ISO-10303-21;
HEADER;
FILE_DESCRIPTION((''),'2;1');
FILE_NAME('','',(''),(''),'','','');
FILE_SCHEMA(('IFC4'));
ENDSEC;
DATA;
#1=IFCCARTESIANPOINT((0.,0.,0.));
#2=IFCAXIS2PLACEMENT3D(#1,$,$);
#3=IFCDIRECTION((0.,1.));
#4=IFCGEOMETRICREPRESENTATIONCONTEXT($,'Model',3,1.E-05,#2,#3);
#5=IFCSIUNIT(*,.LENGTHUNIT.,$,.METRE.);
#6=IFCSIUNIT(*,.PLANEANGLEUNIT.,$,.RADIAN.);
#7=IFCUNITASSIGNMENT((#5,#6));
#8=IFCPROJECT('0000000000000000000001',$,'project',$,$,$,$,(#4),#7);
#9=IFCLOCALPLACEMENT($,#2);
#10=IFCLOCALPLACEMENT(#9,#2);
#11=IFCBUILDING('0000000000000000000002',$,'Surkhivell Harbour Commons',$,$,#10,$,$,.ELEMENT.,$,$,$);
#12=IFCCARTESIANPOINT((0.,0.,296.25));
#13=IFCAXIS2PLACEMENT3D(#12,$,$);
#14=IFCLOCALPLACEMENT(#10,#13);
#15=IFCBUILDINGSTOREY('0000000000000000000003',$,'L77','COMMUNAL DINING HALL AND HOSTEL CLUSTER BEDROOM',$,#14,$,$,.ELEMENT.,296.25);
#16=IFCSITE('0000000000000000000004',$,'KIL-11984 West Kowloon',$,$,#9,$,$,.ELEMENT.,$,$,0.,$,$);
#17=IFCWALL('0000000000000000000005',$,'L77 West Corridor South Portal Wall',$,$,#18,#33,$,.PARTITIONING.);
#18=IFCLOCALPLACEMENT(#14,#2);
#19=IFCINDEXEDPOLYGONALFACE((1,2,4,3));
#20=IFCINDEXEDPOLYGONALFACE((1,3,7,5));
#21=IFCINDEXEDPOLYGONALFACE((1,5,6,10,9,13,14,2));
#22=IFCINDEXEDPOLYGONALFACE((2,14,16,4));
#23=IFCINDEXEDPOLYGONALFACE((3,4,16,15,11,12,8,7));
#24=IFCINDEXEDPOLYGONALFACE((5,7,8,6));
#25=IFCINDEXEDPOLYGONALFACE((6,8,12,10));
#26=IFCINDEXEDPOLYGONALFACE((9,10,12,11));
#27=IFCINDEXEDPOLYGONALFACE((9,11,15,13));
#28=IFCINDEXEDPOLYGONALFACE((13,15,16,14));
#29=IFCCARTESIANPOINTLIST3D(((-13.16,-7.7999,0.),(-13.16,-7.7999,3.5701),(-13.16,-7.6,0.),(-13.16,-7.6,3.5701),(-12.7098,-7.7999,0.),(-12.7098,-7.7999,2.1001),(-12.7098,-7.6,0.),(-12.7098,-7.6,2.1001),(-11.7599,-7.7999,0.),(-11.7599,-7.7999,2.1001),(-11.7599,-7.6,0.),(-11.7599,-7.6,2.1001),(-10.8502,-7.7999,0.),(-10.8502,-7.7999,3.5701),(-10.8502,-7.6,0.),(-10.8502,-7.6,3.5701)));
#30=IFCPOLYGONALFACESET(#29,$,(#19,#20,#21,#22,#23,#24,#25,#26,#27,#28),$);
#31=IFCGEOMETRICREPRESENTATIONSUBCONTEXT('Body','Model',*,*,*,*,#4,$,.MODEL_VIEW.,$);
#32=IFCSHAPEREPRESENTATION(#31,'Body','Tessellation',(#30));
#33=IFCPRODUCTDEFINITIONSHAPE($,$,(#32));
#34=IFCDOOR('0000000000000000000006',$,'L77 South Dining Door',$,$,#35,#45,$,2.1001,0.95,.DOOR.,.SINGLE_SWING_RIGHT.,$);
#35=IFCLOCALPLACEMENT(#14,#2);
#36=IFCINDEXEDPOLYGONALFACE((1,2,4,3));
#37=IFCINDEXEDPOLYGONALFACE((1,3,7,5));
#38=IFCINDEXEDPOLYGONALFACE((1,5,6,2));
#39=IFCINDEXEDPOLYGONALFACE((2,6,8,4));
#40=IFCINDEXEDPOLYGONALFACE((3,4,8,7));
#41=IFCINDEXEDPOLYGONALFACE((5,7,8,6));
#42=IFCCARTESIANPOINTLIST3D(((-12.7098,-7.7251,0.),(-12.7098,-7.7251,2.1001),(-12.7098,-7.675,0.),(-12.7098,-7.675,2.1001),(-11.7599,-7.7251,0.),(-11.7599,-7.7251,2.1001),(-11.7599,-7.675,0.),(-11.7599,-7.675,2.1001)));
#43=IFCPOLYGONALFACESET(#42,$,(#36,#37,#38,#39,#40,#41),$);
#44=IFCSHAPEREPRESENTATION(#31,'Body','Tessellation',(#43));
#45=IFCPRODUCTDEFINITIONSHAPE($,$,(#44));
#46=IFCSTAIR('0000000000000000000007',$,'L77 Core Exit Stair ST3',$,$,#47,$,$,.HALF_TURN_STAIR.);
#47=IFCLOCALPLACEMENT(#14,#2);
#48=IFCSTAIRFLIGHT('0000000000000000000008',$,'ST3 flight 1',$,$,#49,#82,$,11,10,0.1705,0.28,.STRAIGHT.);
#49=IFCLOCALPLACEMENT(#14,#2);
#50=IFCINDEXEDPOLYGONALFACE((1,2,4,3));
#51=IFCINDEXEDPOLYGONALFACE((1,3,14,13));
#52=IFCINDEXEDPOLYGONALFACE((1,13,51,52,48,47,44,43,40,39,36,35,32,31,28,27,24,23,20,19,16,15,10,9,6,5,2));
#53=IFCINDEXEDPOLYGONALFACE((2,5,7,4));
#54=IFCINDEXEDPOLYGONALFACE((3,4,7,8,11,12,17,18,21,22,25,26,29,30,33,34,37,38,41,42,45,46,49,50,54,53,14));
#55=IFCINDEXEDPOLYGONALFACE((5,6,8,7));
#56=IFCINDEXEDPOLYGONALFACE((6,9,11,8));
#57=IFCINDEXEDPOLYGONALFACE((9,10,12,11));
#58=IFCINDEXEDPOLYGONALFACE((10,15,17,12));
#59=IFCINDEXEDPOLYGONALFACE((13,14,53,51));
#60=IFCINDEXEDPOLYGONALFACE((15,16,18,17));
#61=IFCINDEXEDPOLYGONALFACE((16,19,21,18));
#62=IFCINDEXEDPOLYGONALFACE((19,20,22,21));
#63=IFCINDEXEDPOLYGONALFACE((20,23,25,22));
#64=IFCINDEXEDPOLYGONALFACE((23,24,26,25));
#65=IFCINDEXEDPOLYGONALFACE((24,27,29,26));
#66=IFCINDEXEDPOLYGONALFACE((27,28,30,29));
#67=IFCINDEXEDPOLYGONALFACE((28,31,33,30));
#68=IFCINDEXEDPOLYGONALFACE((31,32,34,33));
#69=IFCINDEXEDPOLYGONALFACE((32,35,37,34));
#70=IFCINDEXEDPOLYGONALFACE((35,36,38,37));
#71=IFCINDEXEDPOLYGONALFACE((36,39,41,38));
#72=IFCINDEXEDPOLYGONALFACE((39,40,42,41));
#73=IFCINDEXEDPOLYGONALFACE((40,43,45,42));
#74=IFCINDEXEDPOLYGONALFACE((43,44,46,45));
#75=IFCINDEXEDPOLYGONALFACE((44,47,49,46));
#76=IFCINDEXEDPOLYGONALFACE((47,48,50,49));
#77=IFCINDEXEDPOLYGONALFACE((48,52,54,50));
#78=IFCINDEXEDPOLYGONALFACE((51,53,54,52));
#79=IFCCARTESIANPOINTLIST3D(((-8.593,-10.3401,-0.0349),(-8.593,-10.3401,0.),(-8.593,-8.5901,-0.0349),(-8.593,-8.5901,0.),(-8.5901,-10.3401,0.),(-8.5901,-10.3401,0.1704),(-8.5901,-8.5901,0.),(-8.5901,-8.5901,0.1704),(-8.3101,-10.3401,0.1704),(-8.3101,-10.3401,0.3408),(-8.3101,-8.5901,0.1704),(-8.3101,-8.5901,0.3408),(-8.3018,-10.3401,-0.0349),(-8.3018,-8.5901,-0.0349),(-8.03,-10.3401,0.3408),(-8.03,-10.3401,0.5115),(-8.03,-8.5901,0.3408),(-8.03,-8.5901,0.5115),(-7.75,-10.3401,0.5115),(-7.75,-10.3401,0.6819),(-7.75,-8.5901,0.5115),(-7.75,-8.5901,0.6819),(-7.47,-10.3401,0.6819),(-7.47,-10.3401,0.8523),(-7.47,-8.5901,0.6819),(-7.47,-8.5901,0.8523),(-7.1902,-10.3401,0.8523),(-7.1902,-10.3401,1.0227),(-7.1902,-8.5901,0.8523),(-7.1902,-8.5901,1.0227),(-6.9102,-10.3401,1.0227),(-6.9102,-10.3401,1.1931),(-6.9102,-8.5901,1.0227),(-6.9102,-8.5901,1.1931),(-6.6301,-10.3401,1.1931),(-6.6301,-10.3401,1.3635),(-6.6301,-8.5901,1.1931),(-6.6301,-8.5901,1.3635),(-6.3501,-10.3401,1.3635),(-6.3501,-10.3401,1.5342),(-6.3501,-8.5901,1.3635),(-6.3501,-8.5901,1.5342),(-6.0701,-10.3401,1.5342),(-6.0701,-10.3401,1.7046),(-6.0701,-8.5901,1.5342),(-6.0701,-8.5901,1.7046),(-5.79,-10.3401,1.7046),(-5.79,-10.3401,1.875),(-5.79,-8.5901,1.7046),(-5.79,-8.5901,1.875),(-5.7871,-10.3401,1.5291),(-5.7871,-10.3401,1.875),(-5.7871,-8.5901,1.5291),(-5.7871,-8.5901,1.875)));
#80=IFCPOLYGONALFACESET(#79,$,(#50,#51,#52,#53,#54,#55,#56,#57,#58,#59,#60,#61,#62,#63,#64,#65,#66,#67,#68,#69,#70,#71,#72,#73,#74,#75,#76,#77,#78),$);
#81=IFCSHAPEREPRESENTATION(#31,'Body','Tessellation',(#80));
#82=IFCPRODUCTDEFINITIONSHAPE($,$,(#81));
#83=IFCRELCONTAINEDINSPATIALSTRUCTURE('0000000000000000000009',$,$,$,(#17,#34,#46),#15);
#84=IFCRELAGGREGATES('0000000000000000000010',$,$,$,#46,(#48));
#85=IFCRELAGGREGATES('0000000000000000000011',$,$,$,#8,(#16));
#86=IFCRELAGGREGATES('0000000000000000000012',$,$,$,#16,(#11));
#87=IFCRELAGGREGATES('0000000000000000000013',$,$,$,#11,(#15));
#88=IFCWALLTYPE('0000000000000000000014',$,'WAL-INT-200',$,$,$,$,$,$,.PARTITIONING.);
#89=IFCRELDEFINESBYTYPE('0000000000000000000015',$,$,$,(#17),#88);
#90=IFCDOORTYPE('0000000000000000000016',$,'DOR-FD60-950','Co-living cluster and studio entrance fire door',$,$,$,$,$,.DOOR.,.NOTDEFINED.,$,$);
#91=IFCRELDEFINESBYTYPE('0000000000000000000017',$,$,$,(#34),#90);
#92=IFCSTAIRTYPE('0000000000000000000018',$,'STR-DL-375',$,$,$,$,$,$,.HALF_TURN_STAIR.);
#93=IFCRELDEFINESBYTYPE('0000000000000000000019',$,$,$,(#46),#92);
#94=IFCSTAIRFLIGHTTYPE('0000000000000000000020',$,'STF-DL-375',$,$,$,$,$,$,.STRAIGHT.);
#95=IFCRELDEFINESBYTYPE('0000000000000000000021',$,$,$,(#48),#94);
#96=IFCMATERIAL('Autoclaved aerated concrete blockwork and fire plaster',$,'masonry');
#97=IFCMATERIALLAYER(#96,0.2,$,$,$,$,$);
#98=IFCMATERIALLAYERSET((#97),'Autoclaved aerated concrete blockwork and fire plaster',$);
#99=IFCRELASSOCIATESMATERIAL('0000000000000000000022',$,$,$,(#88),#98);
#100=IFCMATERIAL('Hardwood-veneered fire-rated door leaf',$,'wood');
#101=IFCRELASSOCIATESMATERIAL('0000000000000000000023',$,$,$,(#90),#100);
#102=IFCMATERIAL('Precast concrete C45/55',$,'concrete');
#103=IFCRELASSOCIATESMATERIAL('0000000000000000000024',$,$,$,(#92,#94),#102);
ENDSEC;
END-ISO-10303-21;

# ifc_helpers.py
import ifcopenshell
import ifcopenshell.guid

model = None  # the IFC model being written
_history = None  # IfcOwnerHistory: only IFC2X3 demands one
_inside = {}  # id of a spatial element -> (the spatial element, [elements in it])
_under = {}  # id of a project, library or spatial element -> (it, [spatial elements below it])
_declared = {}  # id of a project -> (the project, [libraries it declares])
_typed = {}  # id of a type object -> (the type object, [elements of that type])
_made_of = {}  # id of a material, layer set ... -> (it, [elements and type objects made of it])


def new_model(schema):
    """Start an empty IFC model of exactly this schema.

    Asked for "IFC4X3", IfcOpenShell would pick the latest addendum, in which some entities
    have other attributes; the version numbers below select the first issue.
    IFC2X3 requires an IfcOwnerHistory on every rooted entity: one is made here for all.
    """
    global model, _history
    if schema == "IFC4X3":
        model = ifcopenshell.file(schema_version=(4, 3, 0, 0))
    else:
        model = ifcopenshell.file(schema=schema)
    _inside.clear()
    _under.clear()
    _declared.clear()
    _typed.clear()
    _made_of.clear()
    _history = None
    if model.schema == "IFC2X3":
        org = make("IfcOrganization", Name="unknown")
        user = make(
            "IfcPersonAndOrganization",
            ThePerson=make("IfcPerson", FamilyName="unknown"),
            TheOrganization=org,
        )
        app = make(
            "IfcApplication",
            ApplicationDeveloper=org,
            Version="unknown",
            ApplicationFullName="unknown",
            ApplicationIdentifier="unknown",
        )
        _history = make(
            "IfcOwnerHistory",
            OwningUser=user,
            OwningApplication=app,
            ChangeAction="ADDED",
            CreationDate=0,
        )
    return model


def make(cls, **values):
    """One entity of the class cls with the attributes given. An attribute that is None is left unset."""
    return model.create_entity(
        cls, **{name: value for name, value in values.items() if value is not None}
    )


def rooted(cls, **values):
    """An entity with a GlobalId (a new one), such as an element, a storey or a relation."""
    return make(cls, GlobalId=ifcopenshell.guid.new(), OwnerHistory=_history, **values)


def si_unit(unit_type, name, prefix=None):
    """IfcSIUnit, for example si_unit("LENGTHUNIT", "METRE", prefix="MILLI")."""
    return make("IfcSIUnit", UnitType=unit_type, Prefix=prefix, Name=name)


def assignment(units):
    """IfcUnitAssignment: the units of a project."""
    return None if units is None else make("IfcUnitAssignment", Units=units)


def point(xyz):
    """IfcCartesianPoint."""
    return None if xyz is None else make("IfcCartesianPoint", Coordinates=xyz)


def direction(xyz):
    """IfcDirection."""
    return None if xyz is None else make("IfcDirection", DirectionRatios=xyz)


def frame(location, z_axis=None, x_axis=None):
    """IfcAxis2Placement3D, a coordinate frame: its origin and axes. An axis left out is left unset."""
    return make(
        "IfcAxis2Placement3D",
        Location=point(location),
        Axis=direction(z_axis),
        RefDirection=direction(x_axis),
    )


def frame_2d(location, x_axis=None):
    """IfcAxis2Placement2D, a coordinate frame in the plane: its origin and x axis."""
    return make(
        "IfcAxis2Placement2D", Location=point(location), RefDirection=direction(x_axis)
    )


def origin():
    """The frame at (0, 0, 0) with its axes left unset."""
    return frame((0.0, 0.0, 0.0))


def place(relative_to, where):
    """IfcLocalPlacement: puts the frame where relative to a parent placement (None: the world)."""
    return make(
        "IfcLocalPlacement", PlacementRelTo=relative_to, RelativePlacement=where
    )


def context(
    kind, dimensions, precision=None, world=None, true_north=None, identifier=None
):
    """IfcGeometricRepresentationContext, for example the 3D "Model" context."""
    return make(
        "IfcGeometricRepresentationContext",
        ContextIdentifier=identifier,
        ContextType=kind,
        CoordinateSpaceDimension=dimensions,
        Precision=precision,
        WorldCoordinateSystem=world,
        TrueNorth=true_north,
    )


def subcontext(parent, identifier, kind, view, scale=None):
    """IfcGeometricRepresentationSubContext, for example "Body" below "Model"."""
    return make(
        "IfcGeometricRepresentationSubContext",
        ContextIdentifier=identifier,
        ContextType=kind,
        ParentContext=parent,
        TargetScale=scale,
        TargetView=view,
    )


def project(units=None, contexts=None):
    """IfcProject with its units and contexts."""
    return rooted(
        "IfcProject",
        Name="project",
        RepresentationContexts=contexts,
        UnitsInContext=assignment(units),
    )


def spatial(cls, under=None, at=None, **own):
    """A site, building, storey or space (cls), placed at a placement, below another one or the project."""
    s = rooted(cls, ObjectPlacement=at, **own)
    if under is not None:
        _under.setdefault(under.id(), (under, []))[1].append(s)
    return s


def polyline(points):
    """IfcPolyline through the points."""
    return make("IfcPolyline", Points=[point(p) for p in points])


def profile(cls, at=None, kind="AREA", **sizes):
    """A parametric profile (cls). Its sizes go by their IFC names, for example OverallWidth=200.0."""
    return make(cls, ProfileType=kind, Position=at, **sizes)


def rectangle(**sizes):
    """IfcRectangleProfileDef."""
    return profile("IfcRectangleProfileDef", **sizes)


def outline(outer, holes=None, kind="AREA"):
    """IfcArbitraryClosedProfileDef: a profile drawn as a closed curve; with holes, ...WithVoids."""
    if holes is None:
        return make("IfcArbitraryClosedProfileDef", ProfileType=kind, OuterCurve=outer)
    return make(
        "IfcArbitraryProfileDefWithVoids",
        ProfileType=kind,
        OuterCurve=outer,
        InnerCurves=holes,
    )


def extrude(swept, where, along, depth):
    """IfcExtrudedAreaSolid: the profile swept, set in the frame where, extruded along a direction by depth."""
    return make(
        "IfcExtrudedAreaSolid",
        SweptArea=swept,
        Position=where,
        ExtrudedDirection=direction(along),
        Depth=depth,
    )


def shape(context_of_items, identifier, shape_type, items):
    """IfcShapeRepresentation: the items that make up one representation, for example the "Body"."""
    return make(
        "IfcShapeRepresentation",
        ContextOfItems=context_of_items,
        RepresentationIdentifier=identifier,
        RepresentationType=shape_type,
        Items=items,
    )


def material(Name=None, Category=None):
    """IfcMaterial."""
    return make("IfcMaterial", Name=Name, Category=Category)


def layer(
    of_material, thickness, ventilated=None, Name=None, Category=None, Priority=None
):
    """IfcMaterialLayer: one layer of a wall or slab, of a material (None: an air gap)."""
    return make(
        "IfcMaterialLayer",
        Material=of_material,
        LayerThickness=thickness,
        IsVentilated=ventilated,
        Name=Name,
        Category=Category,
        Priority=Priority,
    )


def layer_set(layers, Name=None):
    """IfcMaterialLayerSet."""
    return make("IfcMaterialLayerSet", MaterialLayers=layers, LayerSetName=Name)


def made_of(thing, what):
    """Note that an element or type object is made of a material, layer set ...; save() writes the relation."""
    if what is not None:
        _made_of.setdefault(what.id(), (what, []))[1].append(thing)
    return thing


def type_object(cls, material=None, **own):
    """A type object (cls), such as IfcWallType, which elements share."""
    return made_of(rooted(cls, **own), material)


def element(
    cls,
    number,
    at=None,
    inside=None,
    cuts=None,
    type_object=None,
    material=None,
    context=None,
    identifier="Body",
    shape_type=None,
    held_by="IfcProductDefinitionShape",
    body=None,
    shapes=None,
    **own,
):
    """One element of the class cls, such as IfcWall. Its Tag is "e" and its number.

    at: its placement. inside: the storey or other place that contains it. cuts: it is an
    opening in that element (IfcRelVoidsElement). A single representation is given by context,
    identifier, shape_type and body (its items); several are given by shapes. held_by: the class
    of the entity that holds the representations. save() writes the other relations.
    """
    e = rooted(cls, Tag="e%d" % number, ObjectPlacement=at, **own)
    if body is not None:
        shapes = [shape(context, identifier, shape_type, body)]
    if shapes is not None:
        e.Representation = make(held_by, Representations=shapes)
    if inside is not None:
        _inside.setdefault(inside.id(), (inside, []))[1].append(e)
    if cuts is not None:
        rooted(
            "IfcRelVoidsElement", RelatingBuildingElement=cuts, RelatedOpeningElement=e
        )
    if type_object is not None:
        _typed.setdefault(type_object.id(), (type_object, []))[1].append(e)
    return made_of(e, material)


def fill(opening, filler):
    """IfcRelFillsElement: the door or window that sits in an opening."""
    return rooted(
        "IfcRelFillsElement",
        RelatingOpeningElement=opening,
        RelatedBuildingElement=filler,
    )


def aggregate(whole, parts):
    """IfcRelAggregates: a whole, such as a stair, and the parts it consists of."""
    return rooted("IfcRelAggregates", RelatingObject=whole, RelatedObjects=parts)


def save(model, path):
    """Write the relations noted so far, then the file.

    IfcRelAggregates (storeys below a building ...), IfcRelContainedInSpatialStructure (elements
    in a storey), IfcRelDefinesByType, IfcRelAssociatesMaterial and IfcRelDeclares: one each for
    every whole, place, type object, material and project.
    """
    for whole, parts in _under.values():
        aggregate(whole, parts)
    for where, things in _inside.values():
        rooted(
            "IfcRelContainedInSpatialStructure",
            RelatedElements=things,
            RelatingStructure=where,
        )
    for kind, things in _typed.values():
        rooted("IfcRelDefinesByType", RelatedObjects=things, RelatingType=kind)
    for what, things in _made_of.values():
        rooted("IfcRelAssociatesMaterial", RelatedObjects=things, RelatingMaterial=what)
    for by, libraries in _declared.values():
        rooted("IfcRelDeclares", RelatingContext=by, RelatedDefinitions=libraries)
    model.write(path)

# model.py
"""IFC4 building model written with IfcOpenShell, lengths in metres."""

from ifc_helpers import new_model, si_unit, direction, frame, frame_2d, origin, place, context, subcontext, project, spatial, polyline, rectangle, outline, extrude, material, layer, layer_set, type_object, element, fill, aggregate, save


model = new_model("IFC4")

# Units and contexts
model_context = context("Model", 3, precision=1e-05, world=origin(), true_north=direction((0.0, 1.0)))
body_context = subcontext(model_context, "Body", "Model", "MODEL_VIEW")
ifc_project = project(units=[si_unit("LENGTHUNIT", "METRE"), si_unit("PLANEANGLEUNIT", "RADIAN")], contexts=[model_context])

# Site, building, storey
site_placement = place(None, origin())
site = spatial("IfcSite", under=ifc_project, at=site_placement, Name="KIL-11984 West Kowloon", CompositionType="ELEMENT", RefElevation=0.0)
building_placement = place(site_placement, origin())
building = spatial("IfcBuilding", under=site, at=building_placement, Name="Surkhivell Harbour Commons", CompositionType="ELEMENT")
storey_placement = place(building_placement, frame((0.0, 0.0, 296.25)))
storey = spatial("IfcBuildingStorey", under=building, at=storey_placement, Name="L77", Description="COMMUNAL DINING HALL AND HOSTEL CLUSTER BEDROOM", CompositionType="ELEMENT", Elevation=296.25)

# Shared definitions
ifc_material_1 = material(Name="Autoclaved aerated concrete blockwork and fire plaster", Category="masonry")
ifc_layer_1 = layer(ifc_material_1, 0.2)
ifc_layer_set_1 = layer_set([ifc_layer_1], Name="Autoclaved aerated concrete blockwork and fire plaster")
wall_type_1 = type_object("IfcWallType", Name="WAL-INT-200", PredefinedType="PARTITIONING", material=ifc_layer_set_1)
ifc_material_2 = material(Name="Hardwood-veneered fire-rated door leaf", Category="wood")
door_type_1 = type_object("IfcDoorType", Name="DOR-FD60-950", Description="Co-living cluster and studio entrance fire door", OperationType="NOTDEFINED", PredefinedType="DOOR", material=ifc_material_2)

# Wall, opening, door
wall_1_placement = place(storey_placement, frame((-13.1599, -7.7, 0.0), z_axis=(0.0, 0.0, 1.0), x_axis=(1.0, 0.0, 0.0)))
wall_1 = element("IfcWall", 1, at=wall_1_placement, inside=storey, type_object=wall_type_1, Name="L77 West Corridor South Portal Wall", PredefinedType="PARTITIONING", context=body_context, shape_type="SweptSolid", body=[
    extrude(rectangle(XDim=2.3098, YDim=0.2, at=frame_2d((1.1548, 0.0))), origin(), (0.0, 0.0, 1.0), 3.5701),
])
opening_1_placement = place(wall_1_placement, frame((0.45, 0.0, 0.0)))
opening_1 = element("IfcOpeningElement", 2, at=opening_1_placement, cuts=wall_1, PredefinedType="OPENING", context=body_context, shape_type="SweptSolid", body=[
    extrude(rectangle(XDim=0.95, YDim=2.1001, at=frame_2d((0.4751, 1.05))), frame((0.0, 0.1099, 0.0), z_axis=(0.0, -1.0, 0.0), x_axis=(1.0, 0.0, 0.0)), (0.0, 0.0, 1.0), 0.22),
])
door_1_placement = place(opening_1_placement, origin())
door_1 = element("IfcDoor", 3, at=door_1_placement, inside=storey, type_object=door_type_1, Name="L77 South Dining Door", OperationType="SINGLE_SWING_RIGHT", OverallHeight=2.1001, OverallWidth=0.95, PredefinedType="DOOR", context=body_context, shape_type="SweptSolid", body=[
    extrude(rectangle(XDim=0.95, YDim=2.1001, at=frame_2d((0.4751, 1.05))), frame((0.0, 0.0249, 0.0), z_axis=(0.0, -1.0, 0.0), x_axis=(1.0, 0.0, 0.0)), (0.0, 0.0, 1.0), 0.05),
])
fill(opening_1, door_1)

# Stair, stair flight
ifc_material_3 = material(Name="Precast concrete C45/55", Category="concrete")
stair_type = type_object("IfcStairType", Name="STR-DL-375", PredefinedType="HALF_TURN_STAIR", material=ifc_material_3)
stair_placement = place(storey_placement, origin())
stair = element("IfcStair", 4, at=stair_placement, inside=storey, type_object=stair_type, Name="L77 Core Exit Stair ST3", PredefinedType="HALF_TURN_STAIR")
stair_flight_type = type_object("IfcStairFlightType", Name="STF-DL-375", PredefinedType="STRAIGHT", material=ifc_material_3)
stair_flight_placement = place(storey_placement, frame((-8.5901, -9.4651, 0.0), z_axis=(0.0, 0.0, 1.0), x_axis=(1.0, 0.0, 0.0)))
stair_flight = element("IfcStairFlight", 5, at=stair_flight_placement, type_object=stair_flight_type, Name="ST3 flight 1", NumberOfRisers=11, NumberOfTreads=10, PredefinedType="STRAIGHT", RiserHeight=0.1705, TreadLength=0.28, context=body_context, shape_type="SweptSolid", body=[
    extrude(outline(polyline([(-0.0029, -0.0349), (-0.0029, 0.0), (0.0, 0.0), (0.0, 0.1704), (0.28, 0.1704), (0.28, 0.3408), (0.5601, 0.3408), (0.5601, 0.5115), (0.8401, 0.5115), (0.8401, 0.6819), (1.1201, 0.6819), (1.1201, 0.8523), (1.3999, 0.8523), (1.3999, 1.0227), (1.6799, 1.0227), (1.6799, 1.1931), (1.96, 1.1931), (1.96, 1.3635), (2.24, 1.3635), (2.24, 1.5342), (2.52, 1.5342), (2.52, 1.7046), (2.8, 1.7046), (2.8, 1.875), (2.803, 1.875), (2.803, 1.5291), (0.2883, -0.0349), (-0.0029, -0.0349)])), frame((0.0, 0.875, 0.0), z_axis=(0.0, -1.0, 0.0), x_axis=(1.0, 0.0, 0.0)), (0.0, 0.0, 1.0), 1.75),
])
aggregate(stair, [stair_flight])

save(model, "model.ifc")
